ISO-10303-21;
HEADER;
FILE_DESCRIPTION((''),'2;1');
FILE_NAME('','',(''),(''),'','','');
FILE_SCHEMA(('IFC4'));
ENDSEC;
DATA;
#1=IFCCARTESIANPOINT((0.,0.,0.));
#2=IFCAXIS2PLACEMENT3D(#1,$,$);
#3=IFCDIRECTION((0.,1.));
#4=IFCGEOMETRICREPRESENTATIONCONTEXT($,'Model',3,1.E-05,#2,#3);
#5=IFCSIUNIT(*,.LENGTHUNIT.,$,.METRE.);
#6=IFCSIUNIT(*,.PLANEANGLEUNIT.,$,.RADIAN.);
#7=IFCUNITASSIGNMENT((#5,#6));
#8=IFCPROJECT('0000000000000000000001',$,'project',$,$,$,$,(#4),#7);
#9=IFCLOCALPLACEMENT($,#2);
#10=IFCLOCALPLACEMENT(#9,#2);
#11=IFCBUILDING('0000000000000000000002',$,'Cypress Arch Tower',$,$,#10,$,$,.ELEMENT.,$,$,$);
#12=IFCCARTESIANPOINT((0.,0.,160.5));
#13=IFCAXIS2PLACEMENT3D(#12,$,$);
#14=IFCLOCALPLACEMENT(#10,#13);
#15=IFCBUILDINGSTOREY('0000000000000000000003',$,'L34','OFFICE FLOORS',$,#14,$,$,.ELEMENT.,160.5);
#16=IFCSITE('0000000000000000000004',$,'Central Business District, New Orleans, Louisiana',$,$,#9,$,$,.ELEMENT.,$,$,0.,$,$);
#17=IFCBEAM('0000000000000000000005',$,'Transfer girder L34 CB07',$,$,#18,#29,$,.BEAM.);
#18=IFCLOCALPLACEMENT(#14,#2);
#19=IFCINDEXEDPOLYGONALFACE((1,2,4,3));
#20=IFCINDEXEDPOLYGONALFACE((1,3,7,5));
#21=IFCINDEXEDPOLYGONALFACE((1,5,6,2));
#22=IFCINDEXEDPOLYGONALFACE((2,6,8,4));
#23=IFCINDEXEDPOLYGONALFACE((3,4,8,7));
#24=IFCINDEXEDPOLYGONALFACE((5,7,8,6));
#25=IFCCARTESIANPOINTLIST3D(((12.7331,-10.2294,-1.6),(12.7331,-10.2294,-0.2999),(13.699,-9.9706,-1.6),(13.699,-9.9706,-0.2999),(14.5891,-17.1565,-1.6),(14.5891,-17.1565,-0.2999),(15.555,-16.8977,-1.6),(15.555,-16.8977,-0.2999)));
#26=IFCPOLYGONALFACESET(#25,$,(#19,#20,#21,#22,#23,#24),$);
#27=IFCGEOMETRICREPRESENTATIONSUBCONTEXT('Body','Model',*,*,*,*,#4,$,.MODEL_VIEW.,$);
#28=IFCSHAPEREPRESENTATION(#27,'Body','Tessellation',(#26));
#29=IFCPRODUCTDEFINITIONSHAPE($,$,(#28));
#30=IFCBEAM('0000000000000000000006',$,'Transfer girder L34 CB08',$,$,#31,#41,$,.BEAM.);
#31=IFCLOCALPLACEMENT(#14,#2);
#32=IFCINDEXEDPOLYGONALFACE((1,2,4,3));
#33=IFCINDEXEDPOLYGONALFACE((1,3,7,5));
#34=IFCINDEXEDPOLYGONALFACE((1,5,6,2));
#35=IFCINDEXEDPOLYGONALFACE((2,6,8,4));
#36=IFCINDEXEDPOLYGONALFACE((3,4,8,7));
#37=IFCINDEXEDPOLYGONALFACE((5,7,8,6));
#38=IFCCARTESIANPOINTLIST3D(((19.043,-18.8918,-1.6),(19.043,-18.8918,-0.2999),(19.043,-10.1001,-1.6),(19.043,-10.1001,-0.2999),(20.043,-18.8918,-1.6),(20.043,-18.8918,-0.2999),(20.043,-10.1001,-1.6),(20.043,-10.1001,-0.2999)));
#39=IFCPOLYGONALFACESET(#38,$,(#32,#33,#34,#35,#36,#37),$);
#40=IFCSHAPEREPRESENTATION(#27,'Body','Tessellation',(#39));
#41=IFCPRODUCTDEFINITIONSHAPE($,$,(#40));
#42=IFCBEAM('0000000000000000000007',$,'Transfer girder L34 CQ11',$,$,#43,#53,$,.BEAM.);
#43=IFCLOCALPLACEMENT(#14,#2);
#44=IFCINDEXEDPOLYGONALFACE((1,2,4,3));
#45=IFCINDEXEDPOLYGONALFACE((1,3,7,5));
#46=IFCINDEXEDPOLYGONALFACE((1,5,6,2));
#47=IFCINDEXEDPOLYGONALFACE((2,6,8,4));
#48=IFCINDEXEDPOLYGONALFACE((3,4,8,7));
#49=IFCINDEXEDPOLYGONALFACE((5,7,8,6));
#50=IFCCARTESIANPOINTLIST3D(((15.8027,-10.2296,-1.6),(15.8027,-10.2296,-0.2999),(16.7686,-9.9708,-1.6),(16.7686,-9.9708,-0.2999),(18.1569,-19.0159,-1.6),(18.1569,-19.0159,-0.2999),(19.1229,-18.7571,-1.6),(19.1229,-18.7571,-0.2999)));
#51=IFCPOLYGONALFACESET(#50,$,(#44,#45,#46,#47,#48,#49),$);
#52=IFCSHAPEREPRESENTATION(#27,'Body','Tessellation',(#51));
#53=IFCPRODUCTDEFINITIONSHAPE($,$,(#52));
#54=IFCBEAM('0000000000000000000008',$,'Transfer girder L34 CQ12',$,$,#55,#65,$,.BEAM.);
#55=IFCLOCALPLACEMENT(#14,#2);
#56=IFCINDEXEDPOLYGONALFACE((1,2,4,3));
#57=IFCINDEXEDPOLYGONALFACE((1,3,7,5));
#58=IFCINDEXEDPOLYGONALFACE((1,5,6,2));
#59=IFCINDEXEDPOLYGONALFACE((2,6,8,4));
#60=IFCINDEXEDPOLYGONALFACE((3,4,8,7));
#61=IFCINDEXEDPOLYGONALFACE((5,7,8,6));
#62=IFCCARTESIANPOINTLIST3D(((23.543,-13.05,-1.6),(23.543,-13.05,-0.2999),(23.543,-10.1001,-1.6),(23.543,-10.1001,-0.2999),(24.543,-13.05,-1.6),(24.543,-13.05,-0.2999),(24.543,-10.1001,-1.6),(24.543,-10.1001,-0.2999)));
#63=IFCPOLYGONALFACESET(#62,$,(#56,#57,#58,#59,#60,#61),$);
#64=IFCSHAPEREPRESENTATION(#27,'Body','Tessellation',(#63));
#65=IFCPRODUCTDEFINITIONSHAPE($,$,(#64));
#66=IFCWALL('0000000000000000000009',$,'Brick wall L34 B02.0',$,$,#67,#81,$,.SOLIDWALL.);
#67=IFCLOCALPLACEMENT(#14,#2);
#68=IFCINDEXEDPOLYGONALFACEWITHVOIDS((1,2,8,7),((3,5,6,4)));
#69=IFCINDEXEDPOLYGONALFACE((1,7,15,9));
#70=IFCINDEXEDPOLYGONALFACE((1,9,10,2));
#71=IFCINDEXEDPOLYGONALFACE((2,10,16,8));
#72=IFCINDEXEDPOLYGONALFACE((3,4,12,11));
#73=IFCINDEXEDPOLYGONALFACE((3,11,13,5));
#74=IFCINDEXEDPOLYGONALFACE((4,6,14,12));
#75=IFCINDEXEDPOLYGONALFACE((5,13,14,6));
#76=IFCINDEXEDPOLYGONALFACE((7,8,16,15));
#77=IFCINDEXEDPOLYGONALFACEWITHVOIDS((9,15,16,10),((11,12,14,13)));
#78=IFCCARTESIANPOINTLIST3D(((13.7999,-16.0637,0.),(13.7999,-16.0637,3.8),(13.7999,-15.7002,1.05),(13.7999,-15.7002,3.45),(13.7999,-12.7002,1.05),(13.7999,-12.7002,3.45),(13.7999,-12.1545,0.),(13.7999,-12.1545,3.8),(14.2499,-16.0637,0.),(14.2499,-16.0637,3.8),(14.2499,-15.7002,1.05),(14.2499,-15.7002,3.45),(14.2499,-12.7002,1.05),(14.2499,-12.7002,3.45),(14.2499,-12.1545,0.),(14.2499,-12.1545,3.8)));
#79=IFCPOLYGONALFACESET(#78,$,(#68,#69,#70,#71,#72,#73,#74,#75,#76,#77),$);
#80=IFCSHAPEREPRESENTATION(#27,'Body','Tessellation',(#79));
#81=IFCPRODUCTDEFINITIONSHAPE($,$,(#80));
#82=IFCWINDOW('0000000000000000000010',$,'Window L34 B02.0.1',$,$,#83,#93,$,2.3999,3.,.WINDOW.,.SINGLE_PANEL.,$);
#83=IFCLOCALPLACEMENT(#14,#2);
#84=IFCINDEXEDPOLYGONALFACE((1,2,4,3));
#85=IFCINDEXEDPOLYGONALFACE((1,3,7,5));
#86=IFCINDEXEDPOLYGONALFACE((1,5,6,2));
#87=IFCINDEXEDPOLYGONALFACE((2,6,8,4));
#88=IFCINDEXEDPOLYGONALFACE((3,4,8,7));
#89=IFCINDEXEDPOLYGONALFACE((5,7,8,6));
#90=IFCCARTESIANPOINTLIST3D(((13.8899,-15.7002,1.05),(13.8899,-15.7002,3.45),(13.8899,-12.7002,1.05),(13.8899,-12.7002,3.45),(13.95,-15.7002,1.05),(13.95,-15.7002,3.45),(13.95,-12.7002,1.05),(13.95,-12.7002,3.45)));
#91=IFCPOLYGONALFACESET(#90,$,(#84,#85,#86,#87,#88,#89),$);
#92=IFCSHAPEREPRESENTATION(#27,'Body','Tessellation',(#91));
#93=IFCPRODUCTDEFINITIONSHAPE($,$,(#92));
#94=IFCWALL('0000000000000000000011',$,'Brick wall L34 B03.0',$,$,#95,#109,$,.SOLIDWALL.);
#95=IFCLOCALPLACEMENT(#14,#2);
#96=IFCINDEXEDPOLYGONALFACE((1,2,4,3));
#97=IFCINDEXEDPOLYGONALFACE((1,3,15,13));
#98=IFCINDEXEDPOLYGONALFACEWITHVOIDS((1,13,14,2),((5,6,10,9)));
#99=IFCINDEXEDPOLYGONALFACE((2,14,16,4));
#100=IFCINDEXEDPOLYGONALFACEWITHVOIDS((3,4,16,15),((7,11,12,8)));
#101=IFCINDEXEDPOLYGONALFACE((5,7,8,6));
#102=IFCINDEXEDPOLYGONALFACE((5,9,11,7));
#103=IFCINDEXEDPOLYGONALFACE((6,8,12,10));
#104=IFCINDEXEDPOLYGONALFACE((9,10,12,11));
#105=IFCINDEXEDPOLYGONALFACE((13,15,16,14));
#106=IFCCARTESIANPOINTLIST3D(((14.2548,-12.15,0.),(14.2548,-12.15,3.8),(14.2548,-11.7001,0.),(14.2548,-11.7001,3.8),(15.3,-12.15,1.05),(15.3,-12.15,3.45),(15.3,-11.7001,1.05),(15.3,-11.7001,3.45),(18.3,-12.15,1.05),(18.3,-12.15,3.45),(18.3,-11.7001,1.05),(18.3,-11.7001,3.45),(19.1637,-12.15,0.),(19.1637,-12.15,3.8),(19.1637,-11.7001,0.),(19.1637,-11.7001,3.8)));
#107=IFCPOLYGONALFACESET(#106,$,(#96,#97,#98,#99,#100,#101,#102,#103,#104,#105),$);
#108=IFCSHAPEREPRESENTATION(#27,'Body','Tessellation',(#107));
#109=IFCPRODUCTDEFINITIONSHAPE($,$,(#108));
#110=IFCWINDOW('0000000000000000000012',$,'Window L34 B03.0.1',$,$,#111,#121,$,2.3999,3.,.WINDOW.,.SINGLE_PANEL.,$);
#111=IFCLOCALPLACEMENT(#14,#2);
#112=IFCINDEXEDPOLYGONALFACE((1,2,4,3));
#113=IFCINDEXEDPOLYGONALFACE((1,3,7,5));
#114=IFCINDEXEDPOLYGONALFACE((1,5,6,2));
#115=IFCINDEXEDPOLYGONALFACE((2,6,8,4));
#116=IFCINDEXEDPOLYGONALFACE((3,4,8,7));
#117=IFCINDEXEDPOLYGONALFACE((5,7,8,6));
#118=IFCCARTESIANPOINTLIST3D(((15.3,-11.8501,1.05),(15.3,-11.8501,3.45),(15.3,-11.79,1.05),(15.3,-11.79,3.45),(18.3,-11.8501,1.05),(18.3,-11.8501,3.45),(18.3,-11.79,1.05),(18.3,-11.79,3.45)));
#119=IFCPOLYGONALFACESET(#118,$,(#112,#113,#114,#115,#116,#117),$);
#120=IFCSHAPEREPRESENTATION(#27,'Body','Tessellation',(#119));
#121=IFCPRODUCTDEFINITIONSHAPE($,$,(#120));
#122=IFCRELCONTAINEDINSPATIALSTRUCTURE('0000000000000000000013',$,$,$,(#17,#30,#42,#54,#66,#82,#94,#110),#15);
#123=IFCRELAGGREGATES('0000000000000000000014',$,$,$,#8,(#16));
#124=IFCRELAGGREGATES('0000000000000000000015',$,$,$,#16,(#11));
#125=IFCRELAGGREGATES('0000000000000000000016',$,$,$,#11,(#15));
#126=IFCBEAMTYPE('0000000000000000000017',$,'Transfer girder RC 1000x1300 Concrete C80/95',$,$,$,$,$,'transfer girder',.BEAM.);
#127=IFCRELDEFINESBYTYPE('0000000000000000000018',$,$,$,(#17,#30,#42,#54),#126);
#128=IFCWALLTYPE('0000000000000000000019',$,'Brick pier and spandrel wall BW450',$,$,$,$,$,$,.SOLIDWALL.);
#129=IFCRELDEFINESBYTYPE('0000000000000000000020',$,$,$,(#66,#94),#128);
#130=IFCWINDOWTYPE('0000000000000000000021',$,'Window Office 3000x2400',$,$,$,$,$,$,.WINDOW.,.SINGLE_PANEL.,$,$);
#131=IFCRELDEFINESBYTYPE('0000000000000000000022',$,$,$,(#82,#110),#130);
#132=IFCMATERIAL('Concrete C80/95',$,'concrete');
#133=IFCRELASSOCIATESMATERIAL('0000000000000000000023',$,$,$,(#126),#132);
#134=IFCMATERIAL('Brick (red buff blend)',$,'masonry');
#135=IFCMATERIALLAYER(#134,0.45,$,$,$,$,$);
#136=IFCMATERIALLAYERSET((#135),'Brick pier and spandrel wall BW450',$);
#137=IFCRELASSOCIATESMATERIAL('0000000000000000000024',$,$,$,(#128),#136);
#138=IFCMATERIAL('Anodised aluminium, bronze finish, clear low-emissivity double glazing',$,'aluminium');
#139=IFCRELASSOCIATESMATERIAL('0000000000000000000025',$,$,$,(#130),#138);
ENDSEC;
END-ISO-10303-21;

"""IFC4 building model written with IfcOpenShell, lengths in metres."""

from ifc_helpers import new_model, si_unit, direction, frame, frame_2d, origin, origin_2d, place, context, subcontext, project, spatial, rectangle, extrude, material, layer, layer_set, material_profile, profile_set, type_object, element, fill, save


model = new_model("IFC4")

# Units and contexts
model_context = context("Model", 3, precision=1e-05, world=origin(), true_north=direction((0.0, 1.0)))
body_context = subcontext(model_context, "Body", "Model", "MODEL_VIEW")
ifc_project = project(units=[si_unit("LENGTHUNIT", "METRE"), si_unit("PLANEANGLEUNIT", "RADIAN")], contexts=[model_context])

# Site, building, storey
site_placement = place(None, origin())
site = spatial("IfcSite", under=ifc_project, at=site_placement, Name="Central Business District, New Orleans, Louisiana", CompositionType="ELEMENT", RefElevation=0.0)
building_placement = place(site_placement, origin())
building = spatial("IfcBuilding", under=site, at=building_placement, Name="Cypress Arch Tower", CompositionType="ELEMENT")
storey_placement = place(building_placement, frame((0.0, 0.0, 160.5)))
storey = spatial("IfcBuildingStorey", under=building, at=storey_placement, Name="L34", Description="OFFICE FLOORS", CompositionType="ELEMENT", Elevation=160.5)

# Beams
ifc_material_1 = material(Name="Concrete C80/95", Category="concrete")
ifc_material_profile_1 = material_profile(ifc_material_1, rectangle(XDim=1.0, YDim=1.3, at=origin_2d()), Name="RC 1000x1300")
ifc_profile_set_1 = profile_set([ifc_material_profile_1], Name="Concrete C80/95")
beam_type_1 = type_object("IfcBeamType", Name="Transfer girder RC 1000x1300 Concrete C80/95", ElementType="transfer girder", PredefinedType="BEAM", material=ifc_profile_set_1)
beam_1_placement = place(storey_placement, frame((15.072, -17.0271, -0.95), z_axis=(-0.258802, 0.96593, 0.0), x_axis=(-0.96593, -0.258802, 0.0)))
element("IfcBeam", 1, at=beam_1_placement, inside=storey, type_object=beam_type_1, Name="Transfer girder L34 CB07", PredefinedType="BEAM", context=body_context, shape_type="SweptSolid", body=[
    extrude(rectangle(XDim=1.0, YDim=1.3, at=origin_2d()), origin(), (0.0, 0.0, 1.0), 7.1714),
])
beam_2_placement = place(storey_placement, frame((19.543, -18.8918, -0.95), z_axis=(0.0, 1.0, 0.0), x_axis=(-1.0, 0.0, 0.0)))
element("IfcBeam", 2, at=beam_2_placement, inside=storey, type_object=beam_type_1, Name="Transfer girder L34 CB08", PredefinedType="BEAM", context=body_context, shape_type="SweptSolid", body=[
    extrude(rectangle(XDim=1.0, YDim=1.3, at=origin_2d()), origin(), (0.0, 0.0, 1.0), 8.7917),
])
beam_3_placement = place(storey_placement, frame((18.6399, -18.8865, -0.95), z_axis=(-0.258813, 0.965927, 0.0), x_axis=(-0.965927, -0.258813, 0.0)))
element("IfcBeam", 3, at=beam_3_placement, inside=storey, type_object=beam_type_1, Name="Transfer girder L34 CQ11", PredefinedType="BEAM", context=body_context, shape_type="SweptSolid", body=[
    extrude(rectangle(XDim=1.0, YDim=1.3, at=origin_2d()), origin(), (0.0, 0.0, 1.0), 9.0962),
])
beam_4_placement = place(storey_placement, frame((24.043, -13.05, -0.95), z_axis=(0.0, 1.0, 0.0), x_axis=(-1.0, 0.0, 0.0)))
element("IfcBeam", 4, at=beam_4_placement, inside=storey, type_object=beam_type_1, Name="Transfer girder L34 CQ12", PredefinedType="BEAM", context=body_context, shape_type="SweptSolid", body=[
    extrude(rectangle(XDim=1.0, YDim=1.3, at=origin_2d()), origin(), (0.0, 0.0, 1.0), 2.95),
])

# Walls, openings, windows
ifc_material_2 = material(Name="Brick (red buff blend)", Category="masonry")
ifc_layer_1 = layer(ifc_material_2, 0.45)
ifc_layer_set_1 = layer_set([ifc_layer_1], Name="Brick pier and spandrel wall BW450")
wall_type_1 = type_object("IfcWallType", Name="Brick pier and spandrel wall BW450", PredefinedType="SOLIDWALL", material=ifc_layer_set_1)
wall_1_placement = place(storey_placement, frame((14.0249, -16.0637, 0.0), z_axis=(0.0, 0.0, 1.0), x_axis=(0.0, 1.0, 0.0)))
wall_1 = element("IfcWall", 5, at=wall_1_placement, inside=storey, type_object=wall_type_1, Name="Brick wall L34 B02.0", PredefinedType="SOLIDWALL", context=body_context, shape_type="SweptSolid", body=[
    extrude(rectangle(XDim=3.9092, YDim=0.45, at=frame_2d((1.9546, 0.0))), origin(), (0.0, 0.0, 1.0), 3.8),
])
opening_1_placement = place(wall_1_placement, frame((0.3635, 0.0, 1.05)))
opening_1 = element("IfcOpeningElement", 6, at=opening_1_placement, cuts=wall_1, PredefinedType="OPENING", context=body_context, shape_type="SweptSolid", body=[
    extrude(rectangle(XDim=3.0, YDim=2.3999, at=frame_2d((1.5, 1.2))), frame((0.0, 0.2349, 0.0), z_axis=(0.0, -1.0, 0.0), x_axis=(1.0, 0.0, 0.0)), (0.0, 0.0, 1.0), 0.47),
])
ifc_material_3 = material(Name="Anodised aluminium, bronze finish, clear low-emissivity double glazing", Category="aluminium")
window_type = type_object("IfcWindowType", Name="Window Office 3000x2400", PartitioningType="SINGLE_PANEL", PredefinedType="WINDOW", material=ifc_material_3)
window_1_placement = place(opening_1_placement, origin())
window_1 = element("IfcWindow", 7, at=window_1_placement, inside=storey, type_object=window_type, Name="Window L34 B02.0.1", OverallHeight=2.3999, OverallWidth=3.0, PartitioningType="SINGLE_PANEL", PredefinedType="WINDOW", context=body_context, shape_type="SweptSolid", body=[
    extrude(rectangle(XDim=3.0, YDim=2.3999, at=frame_2d((1.5, 1.2))), frame((0.0, 0.135, 0.0), z_axis=(0.0, -1.0, 0.0), x_axis=(1.0, 0.0, 0.0)), (0.0, 0.0, 1.0), 0.0601),
])
fill(opening_1, window_1)
wall_2_placement = place(storey_placement, frame((14.2546, -11.925, 0.0), z_axis=(0.0, 0.0, 1.0), x_axis=(1.0, 0.0, 0.0)))
wall_2 = element("IfcWall", 8, at=wall_2_placement, inside=storey, type_object=wall_type_1, Name="Brick wall L34 B03.0", PredefinedType="SOLIDWALL", context=body_context, shape_type="SweptSolid", body=[
    extrude(rectangle(XDim=4.9089, YDim=0.45, at=frame_2d((2.4546, 0.0))), origin(), (0.0, 0.0, 1.0), 3.8),
])
opening_2_placement = place(wall_2_placement, frame((1.0454, 0.0, 1.05)))
opening_2 = element("IfcOpeningElement", 9, at=opening_2_placement, cuts=wall_2, PredefinedType="OPENING", context=body_context, shape_type="SweptSolid", body=[
    extrude(rectangle(XDim=3.0, YDim=2.3999, at=frame_2d((1.5, 1.2))), frame((0.0, 0.2349, 0.0), z_axis=(0.0, -1.0, 0.0), x_axis=(1.0, 0.0, 0.0)), (0.0, 0.0, 1.0), 0.47),
])
window_2_placement = place(opening_2_placement, origin())
window_2 = element("IfcWindow", 10, at=window_2_placement, inside=storey, type_object=window_type, Name="Window L34 B03.0.1", OverallHeight=2.3999, OverallWidth=3.0, PartitioningType="SINGLE_PANEL", PredefinedType="WINDOW", context=body_context, shape_type="SweptSolid", body=[
    extrude(rectangle(XDim=3.0, YDim=2.3999, at=frame_2d((1.5, 1.2))), frame((0.0, 0.135, 0.0), z_axis=(0.0, -1.0, 0.0), x_axis=(1.0, 0.0, 0.0)), (0.0, 0.0, 1.0), 0.0601),
])
fill(opening_2, window_2)

save(model, "model.ifc")
